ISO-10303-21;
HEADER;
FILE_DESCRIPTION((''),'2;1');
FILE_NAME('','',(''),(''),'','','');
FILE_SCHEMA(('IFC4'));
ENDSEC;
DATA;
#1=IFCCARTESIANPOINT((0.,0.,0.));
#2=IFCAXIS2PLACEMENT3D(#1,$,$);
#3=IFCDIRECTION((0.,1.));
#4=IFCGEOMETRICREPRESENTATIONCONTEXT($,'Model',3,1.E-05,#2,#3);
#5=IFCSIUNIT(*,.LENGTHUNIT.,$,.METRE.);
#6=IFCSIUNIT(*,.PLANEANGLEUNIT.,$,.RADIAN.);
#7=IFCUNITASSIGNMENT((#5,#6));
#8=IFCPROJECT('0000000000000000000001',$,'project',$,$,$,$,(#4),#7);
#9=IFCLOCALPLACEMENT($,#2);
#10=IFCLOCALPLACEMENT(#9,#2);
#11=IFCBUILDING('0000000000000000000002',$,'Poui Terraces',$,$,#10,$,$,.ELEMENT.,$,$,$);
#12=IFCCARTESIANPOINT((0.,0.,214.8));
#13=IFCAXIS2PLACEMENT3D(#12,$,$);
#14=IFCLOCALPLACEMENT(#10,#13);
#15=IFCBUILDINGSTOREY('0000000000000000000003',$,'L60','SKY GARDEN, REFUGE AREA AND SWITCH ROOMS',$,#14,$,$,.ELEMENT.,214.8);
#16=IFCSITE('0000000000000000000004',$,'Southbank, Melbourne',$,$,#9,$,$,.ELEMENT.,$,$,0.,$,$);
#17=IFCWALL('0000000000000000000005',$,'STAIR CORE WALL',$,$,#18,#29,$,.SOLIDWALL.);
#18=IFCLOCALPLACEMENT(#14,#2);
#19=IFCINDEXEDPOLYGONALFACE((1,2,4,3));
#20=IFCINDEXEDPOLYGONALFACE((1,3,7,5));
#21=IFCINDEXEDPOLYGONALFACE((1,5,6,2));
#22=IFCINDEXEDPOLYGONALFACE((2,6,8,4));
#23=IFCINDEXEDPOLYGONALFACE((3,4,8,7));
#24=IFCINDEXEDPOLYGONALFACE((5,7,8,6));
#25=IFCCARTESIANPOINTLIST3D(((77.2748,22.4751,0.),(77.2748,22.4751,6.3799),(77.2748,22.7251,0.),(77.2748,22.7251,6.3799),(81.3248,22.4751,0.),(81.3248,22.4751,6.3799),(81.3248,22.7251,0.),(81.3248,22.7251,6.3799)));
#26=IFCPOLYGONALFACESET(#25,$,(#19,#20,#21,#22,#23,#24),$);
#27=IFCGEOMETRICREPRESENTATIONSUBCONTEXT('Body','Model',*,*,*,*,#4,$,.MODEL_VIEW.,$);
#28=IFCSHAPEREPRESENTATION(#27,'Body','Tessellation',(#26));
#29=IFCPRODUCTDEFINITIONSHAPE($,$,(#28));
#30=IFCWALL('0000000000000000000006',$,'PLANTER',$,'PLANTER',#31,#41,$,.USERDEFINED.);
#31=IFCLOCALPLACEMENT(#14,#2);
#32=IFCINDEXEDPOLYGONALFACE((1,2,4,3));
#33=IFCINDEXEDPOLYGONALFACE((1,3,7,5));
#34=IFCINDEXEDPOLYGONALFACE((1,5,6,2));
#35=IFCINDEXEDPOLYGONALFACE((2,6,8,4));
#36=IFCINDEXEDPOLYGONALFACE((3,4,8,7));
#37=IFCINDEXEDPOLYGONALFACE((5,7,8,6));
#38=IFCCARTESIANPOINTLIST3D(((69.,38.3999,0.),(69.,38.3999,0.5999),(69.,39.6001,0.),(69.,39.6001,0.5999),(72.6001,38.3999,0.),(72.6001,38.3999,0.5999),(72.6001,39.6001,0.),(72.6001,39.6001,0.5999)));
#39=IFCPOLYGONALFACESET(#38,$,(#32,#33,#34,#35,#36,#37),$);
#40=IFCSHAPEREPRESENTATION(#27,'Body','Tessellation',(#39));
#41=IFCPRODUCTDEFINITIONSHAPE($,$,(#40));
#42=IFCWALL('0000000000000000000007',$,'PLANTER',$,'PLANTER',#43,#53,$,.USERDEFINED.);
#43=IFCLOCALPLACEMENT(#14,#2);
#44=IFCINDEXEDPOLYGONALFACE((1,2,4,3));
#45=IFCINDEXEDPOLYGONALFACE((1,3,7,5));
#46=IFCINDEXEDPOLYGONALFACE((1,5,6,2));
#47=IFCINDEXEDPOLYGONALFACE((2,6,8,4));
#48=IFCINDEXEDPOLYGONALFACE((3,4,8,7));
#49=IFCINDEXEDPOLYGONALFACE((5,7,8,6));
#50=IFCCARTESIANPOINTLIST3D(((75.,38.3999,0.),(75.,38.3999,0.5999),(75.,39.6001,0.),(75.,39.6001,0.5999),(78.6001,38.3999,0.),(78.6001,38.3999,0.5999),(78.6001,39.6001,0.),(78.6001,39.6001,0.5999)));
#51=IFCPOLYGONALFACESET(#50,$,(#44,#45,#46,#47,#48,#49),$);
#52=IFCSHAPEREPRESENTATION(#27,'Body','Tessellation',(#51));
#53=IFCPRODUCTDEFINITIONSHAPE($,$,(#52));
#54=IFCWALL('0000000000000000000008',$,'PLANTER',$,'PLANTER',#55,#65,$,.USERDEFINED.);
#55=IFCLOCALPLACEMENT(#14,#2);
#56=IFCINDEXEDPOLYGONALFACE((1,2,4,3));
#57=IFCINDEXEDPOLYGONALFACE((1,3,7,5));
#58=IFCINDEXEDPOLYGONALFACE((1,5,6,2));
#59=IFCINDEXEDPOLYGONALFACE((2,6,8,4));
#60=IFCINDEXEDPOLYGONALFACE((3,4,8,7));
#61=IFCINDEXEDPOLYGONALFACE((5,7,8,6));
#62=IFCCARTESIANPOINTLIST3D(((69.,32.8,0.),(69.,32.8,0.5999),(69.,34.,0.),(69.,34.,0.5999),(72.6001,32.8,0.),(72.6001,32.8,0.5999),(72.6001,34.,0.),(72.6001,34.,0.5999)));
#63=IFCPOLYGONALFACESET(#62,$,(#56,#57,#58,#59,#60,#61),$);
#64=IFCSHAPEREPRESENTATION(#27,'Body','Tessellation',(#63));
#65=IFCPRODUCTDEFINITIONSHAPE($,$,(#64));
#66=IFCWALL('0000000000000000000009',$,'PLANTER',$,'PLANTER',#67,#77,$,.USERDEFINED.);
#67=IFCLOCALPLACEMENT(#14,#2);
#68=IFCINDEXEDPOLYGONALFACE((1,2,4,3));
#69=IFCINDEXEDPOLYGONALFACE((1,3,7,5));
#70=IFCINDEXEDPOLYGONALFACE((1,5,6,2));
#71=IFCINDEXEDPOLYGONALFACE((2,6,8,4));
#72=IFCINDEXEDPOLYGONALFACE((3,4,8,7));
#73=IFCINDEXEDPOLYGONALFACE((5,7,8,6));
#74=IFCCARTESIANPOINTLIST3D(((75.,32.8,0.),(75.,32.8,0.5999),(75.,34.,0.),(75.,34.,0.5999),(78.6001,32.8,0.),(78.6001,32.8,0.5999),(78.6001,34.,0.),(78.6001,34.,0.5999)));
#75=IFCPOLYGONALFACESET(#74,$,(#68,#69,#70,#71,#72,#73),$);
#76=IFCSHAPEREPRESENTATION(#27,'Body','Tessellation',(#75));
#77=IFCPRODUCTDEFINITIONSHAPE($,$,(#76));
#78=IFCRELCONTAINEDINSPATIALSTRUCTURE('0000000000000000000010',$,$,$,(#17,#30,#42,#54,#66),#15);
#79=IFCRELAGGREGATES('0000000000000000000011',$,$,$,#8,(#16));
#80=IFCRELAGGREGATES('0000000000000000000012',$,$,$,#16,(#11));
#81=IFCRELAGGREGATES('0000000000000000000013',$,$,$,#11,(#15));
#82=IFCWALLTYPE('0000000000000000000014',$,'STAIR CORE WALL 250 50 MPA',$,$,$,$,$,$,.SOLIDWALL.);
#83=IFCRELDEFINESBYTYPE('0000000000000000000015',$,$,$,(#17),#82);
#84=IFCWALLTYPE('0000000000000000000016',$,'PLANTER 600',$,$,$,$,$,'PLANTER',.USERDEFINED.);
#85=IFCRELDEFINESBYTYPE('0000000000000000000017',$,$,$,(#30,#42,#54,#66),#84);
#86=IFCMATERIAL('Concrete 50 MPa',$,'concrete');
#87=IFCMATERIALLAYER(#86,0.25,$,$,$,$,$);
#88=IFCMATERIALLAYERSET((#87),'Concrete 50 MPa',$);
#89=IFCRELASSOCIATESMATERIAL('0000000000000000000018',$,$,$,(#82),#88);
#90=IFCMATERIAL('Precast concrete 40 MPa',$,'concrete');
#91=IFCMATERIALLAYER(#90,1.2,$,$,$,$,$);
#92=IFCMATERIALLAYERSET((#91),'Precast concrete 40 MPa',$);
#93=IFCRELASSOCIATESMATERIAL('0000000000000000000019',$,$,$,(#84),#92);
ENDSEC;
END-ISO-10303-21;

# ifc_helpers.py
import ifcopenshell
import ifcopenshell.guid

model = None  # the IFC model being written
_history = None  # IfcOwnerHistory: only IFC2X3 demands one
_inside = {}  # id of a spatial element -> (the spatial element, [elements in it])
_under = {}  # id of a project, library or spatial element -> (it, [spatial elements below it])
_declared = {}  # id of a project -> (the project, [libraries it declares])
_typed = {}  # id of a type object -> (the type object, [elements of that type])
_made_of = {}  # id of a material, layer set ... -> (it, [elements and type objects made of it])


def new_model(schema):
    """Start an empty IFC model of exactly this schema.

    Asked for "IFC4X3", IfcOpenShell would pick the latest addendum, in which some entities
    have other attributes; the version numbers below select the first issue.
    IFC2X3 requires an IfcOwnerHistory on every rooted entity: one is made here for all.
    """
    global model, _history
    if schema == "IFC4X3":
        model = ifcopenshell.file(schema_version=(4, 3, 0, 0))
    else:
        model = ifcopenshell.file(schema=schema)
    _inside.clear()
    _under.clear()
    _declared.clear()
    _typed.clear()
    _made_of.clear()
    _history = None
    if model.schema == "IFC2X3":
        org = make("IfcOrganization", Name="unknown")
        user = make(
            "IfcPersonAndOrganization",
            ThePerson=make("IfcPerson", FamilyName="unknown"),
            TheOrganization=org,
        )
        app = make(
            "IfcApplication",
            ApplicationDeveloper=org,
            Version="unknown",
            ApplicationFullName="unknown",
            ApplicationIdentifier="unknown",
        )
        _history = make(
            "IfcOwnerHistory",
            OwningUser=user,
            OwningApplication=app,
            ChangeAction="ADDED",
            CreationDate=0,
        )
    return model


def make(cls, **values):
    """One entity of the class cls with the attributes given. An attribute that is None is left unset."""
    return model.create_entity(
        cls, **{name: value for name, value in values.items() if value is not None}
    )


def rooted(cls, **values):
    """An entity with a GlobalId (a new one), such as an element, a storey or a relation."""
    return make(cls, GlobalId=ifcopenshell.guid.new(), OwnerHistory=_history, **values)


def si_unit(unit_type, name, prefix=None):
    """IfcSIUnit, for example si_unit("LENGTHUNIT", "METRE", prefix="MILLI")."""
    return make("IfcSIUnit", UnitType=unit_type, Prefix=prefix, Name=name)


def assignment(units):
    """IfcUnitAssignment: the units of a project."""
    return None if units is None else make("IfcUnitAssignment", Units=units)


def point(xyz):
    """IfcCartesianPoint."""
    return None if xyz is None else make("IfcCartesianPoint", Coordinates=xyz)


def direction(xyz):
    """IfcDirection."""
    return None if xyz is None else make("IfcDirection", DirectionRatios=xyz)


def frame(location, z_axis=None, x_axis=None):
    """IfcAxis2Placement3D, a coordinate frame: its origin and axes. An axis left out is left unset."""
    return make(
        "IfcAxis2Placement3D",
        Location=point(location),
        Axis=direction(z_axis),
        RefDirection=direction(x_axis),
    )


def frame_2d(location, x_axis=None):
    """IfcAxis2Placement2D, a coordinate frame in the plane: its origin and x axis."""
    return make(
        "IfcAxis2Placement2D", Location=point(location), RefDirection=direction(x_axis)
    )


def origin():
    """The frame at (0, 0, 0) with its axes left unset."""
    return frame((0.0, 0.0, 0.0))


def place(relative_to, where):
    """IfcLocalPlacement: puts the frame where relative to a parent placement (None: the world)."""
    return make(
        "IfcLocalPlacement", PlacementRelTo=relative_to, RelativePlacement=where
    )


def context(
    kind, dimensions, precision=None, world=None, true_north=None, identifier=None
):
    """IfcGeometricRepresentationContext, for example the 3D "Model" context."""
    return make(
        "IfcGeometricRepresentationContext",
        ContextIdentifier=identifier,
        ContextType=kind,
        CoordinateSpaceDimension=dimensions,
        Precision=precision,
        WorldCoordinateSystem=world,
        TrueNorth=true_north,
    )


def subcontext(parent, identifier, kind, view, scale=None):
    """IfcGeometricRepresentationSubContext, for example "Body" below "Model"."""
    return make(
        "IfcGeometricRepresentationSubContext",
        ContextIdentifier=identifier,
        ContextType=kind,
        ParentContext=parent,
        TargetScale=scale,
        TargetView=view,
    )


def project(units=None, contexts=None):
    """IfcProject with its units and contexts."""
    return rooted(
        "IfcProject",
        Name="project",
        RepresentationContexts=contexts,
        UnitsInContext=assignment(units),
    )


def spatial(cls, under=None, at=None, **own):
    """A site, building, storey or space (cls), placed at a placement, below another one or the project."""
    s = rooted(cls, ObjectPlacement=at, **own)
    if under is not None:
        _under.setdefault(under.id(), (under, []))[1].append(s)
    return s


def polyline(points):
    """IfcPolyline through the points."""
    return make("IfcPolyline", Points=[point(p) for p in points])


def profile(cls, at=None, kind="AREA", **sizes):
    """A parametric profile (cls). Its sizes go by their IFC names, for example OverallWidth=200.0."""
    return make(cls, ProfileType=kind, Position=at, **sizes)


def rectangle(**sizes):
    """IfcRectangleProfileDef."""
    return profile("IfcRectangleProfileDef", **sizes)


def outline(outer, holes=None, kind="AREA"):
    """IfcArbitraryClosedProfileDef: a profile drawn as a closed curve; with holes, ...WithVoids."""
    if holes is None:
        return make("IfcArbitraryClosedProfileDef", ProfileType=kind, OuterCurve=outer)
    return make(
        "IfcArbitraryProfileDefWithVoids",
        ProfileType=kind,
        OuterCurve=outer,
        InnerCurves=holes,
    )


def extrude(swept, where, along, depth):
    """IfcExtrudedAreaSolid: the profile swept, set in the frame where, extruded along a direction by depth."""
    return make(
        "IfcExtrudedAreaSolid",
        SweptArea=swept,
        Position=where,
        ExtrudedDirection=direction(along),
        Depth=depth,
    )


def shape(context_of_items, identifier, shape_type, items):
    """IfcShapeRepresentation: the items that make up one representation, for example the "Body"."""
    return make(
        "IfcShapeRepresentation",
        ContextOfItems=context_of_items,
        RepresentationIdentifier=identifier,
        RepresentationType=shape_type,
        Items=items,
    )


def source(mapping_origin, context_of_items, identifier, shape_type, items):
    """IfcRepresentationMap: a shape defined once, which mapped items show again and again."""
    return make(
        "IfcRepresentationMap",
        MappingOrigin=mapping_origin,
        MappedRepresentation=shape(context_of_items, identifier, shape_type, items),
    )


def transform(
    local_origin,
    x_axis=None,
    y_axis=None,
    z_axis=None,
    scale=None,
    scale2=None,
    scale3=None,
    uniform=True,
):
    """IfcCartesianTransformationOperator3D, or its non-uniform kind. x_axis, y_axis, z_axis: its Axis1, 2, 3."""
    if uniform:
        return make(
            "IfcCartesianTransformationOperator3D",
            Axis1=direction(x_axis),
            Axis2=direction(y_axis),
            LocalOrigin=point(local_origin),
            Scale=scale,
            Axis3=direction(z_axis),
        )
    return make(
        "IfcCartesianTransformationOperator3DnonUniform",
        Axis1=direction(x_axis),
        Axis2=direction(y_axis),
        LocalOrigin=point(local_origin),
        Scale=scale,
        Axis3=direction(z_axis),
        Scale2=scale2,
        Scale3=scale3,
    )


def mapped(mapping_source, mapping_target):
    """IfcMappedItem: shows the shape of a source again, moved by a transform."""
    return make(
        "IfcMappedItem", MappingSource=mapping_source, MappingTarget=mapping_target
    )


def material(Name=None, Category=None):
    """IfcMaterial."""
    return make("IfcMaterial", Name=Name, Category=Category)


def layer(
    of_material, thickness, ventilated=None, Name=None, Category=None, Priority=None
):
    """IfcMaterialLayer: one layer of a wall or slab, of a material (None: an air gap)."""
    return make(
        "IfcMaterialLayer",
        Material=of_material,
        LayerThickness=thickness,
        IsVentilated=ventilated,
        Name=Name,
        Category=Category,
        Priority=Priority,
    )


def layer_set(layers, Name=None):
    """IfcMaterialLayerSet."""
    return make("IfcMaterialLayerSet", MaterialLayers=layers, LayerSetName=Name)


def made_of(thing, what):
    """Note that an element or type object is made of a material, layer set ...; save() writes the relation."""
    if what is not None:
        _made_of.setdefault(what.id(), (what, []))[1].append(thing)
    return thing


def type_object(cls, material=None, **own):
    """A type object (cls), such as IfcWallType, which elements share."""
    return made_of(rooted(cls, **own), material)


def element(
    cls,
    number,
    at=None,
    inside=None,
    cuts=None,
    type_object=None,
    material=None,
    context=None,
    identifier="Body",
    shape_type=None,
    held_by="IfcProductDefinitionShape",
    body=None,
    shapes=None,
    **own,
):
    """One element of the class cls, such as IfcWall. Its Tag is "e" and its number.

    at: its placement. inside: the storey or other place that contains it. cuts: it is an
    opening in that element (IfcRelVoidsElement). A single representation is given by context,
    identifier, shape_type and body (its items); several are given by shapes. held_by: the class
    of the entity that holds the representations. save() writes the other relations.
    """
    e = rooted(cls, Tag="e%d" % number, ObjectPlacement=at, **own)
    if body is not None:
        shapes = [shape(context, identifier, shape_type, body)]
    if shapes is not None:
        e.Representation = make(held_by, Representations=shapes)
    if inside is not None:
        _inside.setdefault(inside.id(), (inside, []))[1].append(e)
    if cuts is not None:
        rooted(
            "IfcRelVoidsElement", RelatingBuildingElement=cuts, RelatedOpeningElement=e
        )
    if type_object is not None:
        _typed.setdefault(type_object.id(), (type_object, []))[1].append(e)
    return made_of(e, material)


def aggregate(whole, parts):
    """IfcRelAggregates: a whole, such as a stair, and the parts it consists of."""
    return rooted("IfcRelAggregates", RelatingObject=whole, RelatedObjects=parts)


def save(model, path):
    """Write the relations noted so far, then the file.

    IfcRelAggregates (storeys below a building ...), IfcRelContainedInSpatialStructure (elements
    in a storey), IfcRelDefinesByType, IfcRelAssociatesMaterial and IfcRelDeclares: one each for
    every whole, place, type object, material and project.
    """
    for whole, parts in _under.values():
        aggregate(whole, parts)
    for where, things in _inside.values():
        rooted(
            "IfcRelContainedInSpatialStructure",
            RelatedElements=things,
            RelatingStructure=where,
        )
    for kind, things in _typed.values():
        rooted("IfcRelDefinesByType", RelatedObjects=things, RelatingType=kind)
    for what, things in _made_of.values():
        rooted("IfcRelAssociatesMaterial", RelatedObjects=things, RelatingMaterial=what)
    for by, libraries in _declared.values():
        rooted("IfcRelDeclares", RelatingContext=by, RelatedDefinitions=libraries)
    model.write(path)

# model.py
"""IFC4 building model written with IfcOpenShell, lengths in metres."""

from ifc_helpers import new_model, si_unit, direction, frame, frame_2d, origin, place, context, subcontext, project, spatial, polyline, rectangle, outline, extrude, source, transform, mapped, material, layer, layer_set, type_object, element, save


model = new_model("IFC4")

# Units and contexts
model_context = context("Model", 3, precision=1e-05, world=origin(), true_north=direction((0.0, 1.0)))
body_context = subcontext(model_context, "Body", "Model", "MODEL_VIEW")
ifc_project = project(units=[si_unit("LENGTHUNIT", "METRE"), si_unit("PLANEANGLEUNIT", "RADIAN")], contexts=[model_context])

# Site, building, storey
site_placement = place(None, origin())
site = spatial("IfcSite", under=ifc_project, at=site_placement, Name="Southbank, Melbourne", CompositionType="ELEMENT", RefElevation=0.0)
building_placement = place(site_placement, origin())
building = spatial("IfcBuilding", under=site, at=building_placement, Name="Poui Terraces", CompositionType="ELEMENT")
storey_placement = place(building_placement, frame((0.0, 0.0, 214.8)))
storey = spatial("IfcBuildingStorey", under=building, at=storey_placement, Name="L60", Description="SKY GARDEN, REFUGE AREA AND SWITCH ROOMS", CompositionType="ELEMENT", Elevation=214.8)

# Shared definitions
ifc_material_1 = material(Name="Concrete 50 MPa", Category="concrete")

# Walls
ifc_layer_1 = layer(ifc_material_1, 0.25)
ifc_layer_set_1 = layer_set([ifc_layer_1], Name="Concrete 50 MPa")
wall_type_1 = type_object("IfcWallType", Name="STAIR CORE WALL 250 50 MPA", PredefinedType="SOLIDWALL", material=ifc_layer_set_1)
wall_1_placement = place(storey_placement, frame((77.2749, 22.6001, 0.0), z_axis=(0.0, 0.0, 1.0), x_axis=(1.0, 0.0, 0.0)))
element("IfcWall", 1, at=wall_1_placement, inside=storey, type_object=wall_type_1, Name="STAIR CORE WALL", PredefinedType="SOLIDWALL", context=body_context, shape_type="SweptSolid", body=[
    extrude(rectangle(XDim=4.05, YDim=0.25, at=frame_2d((2.0249, 0.0))), origin(), (0.0, 0.0, 1.0), 6.3799),
])
ifc_material_2 = material(Name="Precast concrete 40 MPa", Category="concrete")
ifc_layer_2 = layer(ifc_material_2, 1.2)
ifc_layer_set_2 = layer_set([ifc_layer_2], Name="Precast concrete 40 MPa")
wall_type_2 = type_object("IfcWallType", Name="PLANTER 600", ElementType="PLANTER", PredefinedType="USERDEFINED", material=ifc_layer_set_2)
shared_shape_1 = source(origin(), body_context, "Body", "SweptSolid", [
    extrude(outline(polyline([(0.0, 0.0), (3.6001, 0.0), (3.6001, 1.2002), (0.0, 1.2002), (0.0, 0.0)])), origin(), (0.0, 0.0, 1.0), 0.5999),
])
for number, where, name in (
    (2, (69.0, 38.3999, 0.0), "PLANTER"),
    (3, (75.0, 38.3999, 0.0), "PLANTER"),
):
    element("IfcWall", number, at=place(storey_placement, frame(where)), inside=storey, type_object=wall_type_2, Name=name, ObjectType="PLANTER", PredefinedType="USERDEFINED", context=body_context, shape_type="MappedRepresentation", body=[
        mapped(shared_shape_1, transform((0.0, 0.0, 0.0))),
    ])
shared_shape_2 = source(origin(), body_context, "Body", "SweptSolid", [
    extrude(outline(polyline([(0.0, 0.0), (3.6001, 0.0), (3.6001, 1.2), (0.0, 1.2), (0.0, 0.0)])), origin(), (0.0, 0.0, 1.0), 0.5999),
])
for number, where, name in (
    (4, (69.0, 32.8, 0.0), "PLANTER"),
    (5, (75.0, 32.8, 0.0), "PLANTER"),
):
    element("IfcWall", number, at=place(storey_placement, frame(where)), inside=storey, type_object=wall_type_2, Name=name, ObjectType="PLANTER", PredefinedType="USERDEFINED", context=body_context, shape_type="MappedRepresentation", body=[
        mapped(shared_shape_2, transform((0.0, 0.0, 0.0))),
    ])

save(model, "model.ifc")
